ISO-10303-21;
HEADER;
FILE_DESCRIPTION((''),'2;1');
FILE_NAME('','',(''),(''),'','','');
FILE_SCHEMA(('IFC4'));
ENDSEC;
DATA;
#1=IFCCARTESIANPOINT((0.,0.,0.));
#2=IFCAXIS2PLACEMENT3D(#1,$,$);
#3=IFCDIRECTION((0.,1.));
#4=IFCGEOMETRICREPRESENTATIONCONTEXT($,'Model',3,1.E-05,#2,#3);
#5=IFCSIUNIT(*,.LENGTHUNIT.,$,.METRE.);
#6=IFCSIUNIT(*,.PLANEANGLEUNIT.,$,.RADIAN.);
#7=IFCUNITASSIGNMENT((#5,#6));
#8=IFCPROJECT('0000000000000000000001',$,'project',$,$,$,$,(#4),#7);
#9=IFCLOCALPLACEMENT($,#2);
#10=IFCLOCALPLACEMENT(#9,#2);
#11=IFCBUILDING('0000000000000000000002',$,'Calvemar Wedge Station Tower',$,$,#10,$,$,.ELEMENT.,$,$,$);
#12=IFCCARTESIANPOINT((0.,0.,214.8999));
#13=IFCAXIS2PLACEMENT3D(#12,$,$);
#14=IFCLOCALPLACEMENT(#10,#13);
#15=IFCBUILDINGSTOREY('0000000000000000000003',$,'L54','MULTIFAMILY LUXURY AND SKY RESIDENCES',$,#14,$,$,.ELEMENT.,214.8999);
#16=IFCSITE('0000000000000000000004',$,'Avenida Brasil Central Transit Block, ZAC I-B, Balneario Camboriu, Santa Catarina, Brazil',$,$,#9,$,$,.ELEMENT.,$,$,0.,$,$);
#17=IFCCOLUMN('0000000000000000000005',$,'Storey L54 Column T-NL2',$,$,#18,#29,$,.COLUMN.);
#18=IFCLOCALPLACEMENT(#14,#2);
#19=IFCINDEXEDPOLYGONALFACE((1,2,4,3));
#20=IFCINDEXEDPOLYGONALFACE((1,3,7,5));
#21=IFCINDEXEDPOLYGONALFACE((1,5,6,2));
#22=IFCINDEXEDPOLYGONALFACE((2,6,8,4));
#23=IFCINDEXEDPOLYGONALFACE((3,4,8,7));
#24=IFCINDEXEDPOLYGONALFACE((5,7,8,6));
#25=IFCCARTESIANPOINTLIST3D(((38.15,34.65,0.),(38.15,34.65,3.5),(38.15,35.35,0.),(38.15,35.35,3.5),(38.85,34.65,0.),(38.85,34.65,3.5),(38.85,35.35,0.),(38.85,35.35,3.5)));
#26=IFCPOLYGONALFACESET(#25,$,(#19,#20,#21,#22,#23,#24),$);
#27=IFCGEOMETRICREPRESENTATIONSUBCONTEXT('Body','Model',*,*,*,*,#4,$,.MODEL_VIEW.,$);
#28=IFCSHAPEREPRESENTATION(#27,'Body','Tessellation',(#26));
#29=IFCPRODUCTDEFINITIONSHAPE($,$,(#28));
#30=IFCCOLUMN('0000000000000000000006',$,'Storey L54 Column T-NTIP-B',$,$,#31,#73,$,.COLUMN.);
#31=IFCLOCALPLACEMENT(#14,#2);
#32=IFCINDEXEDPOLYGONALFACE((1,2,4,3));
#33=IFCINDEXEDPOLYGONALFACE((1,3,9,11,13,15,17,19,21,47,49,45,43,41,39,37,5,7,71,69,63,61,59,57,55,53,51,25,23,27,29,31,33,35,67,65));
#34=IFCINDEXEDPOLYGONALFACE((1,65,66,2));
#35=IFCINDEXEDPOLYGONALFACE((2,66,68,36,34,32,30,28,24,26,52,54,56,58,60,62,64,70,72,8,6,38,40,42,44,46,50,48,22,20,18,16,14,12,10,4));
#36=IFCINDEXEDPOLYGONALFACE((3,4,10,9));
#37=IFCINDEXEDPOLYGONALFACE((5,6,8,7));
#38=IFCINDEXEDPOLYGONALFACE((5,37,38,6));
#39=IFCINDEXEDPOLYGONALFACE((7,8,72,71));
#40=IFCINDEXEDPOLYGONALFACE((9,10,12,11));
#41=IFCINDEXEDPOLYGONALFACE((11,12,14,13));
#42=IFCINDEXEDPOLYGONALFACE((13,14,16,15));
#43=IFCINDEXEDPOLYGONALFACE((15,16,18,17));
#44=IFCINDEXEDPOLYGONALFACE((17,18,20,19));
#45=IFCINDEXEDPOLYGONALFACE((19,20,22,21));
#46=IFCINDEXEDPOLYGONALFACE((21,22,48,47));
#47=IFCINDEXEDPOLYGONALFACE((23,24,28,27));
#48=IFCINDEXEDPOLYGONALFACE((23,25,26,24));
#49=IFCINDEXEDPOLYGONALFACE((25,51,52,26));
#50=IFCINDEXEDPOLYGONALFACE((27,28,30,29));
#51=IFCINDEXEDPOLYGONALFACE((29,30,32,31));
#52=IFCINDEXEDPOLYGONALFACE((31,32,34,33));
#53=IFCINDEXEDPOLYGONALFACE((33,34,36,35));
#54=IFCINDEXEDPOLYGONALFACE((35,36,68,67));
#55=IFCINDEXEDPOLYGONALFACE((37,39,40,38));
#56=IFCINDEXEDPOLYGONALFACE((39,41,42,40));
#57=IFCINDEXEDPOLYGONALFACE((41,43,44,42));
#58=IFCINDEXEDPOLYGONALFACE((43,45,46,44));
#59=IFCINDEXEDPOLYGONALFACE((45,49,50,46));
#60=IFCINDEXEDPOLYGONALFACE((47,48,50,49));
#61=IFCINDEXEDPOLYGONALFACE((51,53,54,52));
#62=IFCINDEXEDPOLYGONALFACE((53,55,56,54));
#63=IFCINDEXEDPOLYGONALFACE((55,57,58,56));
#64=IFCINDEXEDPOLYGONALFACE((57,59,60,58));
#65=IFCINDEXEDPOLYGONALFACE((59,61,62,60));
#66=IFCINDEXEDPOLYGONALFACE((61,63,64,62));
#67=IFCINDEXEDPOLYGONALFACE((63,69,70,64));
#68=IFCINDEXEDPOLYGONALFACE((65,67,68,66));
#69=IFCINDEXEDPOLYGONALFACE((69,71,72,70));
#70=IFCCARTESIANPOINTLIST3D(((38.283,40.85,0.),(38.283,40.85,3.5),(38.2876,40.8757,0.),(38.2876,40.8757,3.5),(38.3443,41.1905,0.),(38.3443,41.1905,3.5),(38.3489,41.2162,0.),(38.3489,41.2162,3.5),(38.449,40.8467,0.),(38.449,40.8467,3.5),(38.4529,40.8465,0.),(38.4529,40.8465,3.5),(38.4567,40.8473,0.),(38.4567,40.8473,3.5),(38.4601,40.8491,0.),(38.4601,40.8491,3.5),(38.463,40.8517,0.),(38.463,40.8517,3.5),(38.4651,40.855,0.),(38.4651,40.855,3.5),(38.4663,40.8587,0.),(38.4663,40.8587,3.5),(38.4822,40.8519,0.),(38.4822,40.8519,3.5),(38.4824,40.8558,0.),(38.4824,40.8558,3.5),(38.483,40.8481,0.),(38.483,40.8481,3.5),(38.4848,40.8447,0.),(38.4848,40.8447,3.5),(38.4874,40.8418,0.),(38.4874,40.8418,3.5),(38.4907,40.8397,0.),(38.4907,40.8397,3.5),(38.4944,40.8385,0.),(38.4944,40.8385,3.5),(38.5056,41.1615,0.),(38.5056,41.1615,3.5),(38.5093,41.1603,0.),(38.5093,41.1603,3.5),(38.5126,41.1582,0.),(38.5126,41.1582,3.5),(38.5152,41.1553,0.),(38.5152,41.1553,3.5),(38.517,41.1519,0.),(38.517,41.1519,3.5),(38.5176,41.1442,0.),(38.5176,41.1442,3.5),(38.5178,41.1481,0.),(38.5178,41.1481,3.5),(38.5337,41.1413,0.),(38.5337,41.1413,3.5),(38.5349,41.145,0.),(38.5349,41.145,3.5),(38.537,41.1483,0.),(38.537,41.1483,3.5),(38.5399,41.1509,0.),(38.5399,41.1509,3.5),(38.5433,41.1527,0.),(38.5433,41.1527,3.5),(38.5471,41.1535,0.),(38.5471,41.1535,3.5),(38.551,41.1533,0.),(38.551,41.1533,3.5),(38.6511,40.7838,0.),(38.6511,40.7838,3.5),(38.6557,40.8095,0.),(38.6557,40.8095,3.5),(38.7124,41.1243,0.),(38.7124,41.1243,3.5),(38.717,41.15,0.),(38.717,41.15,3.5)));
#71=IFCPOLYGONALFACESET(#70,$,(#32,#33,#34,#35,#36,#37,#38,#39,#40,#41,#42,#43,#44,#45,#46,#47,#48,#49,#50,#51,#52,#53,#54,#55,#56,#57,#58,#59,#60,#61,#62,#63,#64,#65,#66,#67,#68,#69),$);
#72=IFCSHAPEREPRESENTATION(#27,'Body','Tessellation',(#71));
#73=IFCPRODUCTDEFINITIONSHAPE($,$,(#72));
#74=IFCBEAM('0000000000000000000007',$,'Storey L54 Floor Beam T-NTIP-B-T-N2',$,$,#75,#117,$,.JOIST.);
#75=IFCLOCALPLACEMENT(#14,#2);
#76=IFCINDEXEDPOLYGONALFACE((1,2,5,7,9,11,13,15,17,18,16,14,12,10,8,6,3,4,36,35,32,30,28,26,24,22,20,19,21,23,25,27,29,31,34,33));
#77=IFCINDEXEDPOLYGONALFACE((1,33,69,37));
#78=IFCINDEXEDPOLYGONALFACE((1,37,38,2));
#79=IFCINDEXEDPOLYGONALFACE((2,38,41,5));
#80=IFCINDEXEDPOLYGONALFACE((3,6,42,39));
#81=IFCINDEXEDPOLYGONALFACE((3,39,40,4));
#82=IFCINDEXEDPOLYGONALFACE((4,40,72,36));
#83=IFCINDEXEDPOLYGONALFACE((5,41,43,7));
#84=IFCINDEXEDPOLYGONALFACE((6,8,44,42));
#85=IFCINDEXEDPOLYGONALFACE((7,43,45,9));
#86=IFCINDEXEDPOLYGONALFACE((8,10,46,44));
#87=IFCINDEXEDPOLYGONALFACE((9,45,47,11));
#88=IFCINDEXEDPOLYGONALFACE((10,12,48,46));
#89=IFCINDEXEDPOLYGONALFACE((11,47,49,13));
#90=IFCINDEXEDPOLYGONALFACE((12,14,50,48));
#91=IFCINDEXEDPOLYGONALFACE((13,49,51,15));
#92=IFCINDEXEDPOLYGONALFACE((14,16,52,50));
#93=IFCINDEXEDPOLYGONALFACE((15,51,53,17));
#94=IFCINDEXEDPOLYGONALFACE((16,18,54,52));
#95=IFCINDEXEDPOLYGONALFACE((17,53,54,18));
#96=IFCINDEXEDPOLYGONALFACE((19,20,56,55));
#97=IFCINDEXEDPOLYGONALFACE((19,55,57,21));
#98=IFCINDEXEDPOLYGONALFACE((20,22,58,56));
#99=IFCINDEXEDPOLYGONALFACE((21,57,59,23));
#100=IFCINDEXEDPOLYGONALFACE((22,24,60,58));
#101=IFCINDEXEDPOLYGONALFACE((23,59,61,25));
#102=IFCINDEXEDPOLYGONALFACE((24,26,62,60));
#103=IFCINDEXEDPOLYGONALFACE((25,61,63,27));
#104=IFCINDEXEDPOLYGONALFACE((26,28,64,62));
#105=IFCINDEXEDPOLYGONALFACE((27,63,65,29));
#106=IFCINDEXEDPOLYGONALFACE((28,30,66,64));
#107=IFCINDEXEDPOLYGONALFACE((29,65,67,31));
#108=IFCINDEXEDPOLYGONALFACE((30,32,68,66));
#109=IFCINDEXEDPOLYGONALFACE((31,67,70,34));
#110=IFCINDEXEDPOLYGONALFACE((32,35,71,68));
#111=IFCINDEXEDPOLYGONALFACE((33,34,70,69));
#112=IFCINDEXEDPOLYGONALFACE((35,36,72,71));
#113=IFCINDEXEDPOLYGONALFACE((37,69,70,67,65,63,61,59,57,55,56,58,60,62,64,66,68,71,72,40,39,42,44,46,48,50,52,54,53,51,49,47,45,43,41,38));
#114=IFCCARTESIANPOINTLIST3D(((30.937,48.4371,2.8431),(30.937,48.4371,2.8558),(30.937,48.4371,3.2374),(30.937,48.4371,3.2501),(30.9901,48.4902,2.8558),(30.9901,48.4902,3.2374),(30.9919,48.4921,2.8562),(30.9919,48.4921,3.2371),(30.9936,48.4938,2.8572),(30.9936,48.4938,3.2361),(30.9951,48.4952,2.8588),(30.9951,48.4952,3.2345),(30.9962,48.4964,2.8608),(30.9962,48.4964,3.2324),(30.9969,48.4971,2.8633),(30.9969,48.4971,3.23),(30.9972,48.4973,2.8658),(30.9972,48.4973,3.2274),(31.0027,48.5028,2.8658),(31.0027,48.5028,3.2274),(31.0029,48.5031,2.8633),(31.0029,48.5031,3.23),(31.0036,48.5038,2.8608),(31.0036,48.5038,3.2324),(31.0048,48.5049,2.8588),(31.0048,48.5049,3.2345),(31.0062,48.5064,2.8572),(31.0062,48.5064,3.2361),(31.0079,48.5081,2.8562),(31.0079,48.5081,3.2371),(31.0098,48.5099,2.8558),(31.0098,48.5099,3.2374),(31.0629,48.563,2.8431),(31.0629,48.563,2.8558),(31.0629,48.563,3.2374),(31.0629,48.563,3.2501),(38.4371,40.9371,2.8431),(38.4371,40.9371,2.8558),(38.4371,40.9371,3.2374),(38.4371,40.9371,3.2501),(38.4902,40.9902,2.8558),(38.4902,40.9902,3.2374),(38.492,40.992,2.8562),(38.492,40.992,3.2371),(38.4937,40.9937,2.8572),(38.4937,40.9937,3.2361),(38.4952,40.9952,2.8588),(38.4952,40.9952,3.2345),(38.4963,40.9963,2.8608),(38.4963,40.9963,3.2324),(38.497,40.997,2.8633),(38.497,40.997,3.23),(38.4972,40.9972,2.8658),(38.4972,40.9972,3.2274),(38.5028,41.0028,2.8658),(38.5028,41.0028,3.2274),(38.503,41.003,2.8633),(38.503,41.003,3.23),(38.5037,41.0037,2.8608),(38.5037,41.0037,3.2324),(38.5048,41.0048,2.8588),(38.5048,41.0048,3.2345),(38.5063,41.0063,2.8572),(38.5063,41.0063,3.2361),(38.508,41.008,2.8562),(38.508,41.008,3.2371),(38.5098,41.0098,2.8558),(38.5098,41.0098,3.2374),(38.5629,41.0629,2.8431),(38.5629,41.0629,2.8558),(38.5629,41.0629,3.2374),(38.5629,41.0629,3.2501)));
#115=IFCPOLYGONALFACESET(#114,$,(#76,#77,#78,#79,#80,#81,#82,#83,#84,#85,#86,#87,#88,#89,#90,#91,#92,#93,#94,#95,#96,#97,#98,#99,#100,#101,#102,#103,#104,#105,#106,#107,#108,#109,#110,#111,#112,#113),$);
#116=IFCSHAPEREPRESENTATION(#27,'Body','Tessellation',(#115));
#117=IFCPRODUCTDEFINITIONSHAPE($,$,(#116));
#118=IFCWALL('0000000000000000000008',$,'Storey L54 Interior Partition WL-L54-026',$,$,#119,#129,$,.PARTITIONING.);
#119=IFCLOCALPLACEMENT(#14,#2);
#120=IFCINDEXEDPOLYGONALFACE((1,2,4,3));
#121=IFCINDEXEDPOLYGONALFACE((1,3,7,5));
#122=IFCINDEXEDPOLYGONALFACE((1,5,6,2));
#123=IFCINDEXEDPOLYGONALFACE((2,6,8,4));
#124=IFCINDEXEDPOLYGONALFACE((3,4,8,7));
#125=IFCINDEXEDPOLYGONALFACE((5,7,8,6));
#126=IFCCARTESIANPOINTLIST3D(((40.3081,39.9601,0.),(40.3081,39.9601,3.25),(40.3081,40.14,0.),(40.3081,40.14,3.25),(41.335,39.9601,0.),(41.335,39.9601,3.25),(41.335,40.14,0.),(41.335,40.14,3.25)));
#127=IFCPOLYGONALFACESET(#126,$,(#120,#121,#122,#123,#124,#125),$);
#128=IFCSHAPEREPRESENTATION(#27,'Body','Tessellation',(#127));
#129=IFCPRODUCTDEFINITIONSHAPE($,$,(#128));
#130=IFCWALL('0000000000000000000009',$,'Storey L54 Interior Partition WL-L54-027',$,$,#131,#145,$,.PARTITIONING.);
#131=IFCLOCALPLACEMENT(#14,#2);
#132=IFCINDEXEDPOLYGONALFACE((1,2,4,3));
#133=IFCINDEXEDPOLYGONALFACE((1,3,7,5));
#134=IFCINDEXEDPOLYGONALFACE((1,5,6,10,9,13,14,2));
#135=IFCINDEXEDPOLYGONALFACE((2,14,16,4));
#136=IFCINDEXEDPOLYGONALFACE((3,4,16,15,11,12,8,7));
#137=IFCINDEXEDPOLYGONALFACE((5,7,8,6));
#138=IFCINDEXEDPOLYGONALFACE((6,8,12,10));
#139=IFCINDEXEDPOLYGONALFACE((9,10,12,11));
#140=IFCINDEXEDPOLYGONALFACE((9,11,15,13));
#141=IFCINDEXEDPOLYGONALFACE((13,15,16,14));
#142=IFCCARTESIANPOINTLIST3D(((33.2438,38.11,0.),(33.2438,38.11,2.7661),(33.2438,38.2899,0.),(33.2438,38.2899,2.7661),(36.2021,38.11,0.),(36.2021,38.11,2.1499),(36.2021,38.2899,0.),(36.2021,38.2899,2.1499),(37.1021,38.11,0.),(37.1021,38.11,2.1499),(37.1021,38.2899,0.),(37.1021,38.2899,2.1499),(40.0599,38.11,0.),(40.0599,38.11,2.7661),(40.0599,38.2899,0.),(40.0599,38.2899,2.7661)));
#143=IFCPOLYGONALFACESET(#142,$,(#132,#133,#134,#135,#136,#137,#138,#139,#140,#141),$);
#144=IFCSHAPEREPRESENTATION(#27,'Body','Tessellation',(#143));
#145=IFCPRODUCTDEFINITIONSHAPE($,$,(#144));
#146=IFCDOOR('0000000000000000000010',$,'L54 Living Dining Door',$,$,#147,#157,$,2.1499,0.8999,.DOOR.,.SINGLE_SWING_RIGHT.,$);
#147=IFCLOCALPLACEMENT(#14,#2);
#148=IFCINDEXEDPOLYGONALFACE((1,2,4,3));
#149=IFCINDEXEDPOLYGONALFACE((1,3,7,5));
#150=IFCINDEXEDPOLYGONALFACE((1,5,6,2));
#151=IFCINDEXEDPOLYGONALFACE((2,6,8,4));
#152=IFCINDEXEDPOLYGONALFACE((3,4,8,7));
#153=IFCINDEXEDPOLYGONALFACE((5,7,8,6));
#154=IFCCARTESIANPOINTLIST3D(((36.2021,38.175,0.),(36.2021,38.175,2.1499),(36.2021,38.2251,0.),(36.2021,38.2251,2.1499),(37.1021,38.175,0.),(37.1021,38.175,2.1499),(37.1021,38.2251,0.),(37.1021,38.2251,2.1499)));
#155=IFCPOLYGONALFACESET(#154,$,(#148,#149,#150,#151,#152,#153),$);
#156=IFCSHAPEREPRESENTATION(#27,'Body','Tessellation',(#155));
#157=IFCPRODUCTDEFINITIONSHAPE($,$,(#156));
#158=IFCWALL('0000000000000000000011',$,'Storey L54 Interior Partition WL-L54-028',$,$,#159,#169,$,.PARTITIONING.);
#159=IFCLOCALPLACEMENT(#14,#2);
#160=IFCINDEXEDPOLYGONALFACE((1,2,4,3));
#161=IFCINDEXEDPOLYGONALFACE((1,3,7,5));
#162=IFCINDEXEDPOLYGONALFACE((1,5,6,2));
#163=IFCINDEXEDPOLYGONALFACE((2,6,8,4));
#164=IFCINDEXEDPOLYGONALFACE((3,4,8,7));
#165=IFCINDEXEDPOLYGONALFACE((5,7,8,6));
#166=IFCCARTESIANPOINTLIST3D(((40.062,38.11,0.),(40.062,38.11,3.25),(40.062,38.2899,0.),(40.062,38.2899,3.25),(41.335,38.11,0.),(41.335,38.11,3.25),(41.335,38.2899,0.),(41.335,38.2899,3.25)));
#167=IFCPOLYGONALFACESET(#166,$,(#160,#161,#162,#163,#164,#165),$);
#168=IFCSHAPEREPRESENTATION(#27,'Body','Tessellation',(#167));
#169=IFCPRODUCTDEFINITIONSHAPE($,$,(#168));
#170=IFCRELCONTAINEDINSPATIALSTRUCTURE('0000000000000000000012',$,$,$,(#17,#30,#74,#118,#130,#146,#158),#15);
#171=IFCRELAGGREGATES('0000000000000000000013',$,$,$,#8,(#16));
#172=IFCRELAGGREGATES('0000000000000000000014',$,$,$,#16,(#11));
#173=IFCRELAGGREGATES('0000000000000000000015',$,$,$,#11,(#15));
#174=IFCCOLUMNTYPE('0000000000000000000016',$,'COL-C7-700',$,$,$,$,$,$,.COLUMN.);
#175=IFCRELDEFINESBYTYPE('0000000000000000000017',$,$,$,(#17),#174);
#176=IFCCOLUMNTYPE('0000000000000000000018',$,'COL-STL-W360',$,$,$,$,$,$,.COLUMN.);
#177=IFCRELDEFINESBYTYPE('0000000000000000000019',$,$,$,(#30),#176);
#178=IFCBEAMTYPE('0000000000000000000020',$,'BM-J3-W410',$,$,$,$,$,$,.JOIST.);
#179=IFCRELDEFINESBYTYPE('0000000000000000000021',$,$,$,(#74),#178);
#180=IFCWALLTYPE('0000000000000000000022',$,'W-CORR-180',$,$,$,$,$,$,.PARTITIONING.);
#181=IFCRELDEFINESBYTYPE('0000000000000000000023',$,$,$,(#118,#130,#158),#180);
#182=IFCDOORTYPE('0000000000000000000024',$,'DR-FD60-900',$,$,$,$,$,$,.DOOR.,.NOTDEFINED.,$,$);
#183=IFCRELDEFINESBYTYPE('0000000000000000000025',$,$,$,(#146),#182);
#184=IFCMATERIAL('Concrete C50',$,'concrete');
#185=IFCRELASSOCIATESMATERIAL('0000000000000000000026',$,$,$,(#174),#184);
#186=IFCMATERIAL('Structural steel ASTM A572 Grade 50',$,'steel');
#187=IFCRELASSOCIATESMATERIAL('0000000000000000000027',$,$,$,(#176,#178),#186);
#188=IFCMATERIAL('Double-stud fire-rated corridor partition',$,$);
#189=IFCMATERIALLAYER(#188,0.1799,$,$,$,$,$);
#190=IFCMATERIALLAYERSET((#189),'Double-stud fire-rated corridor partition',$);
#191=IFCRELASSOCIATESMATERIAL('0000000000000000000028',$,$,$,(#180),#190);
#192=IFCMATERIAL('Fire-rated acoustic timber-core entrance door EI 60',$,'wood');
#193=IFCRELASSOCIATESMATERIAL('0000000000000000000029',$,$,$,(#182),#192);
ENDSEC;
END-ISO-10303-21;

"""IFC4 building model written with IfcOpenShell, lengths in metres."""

from ifc_helpers import new_model, si_unit, direction, frame, frame_2d, origin, origin_2d, place, context, subcontext, project, spatial, rectangle, i_section, extrude, source, transform, mapped, material, layer, layer_set, material_profile, profile_set, type_object, element, fill, save


model = new_model("IFC4")

# Units and contexts
model_context = context("Model", 3, precision=1e-05, world=origin(), true_north=direction((0.0, 1.0)))
body_context = subcontext(model_context, "Body", "Model", "MODEL_VIEW")
ifc_project = project(units=[si_unit("LENGTHUNIT", "METRE"), si_unit("PLANEANGLEUNIT", "RADIAN")], contexts=[model_context])

# Site, building, storey
site_placement = place(None, origin())
site = spatial("IfcSite", under=ifc_project, at=site_placement, Name="Avenida Brasil Central Transit Block, ZAC I-B, Balneario Camboriu, Santa Catarina, Brazil", CompositionType="ELEMENT", RefElevation=0.0)
building_placement = place(site_placement, origin())
building = spatial("IfcBuilding", under=site, at=building_placement, Name="Calvemar Wedge Station Tower", CompositionType="ELEMENT")
storey_placement = place(building_placement, frame((0.0, 0.0, 214.8999)))
storey = spatial("IfcBuildingStorey", under=building, at=storey_placement, Name="L54", Description="MULTIFAMILY LUXURY AND SKY RESIDENCES", CompositionType="ELEMENT", Elevation=214.8999)

# Columns
ifc_material_1 = material(Name="Concrete C50", Category="concrete")
ifc_material_profile_1 = material_profile(ifc_material_1, rectangle(XDim=0.7, YDim=0.7, at=origin_2d()), Name="RC700x700")
ifc_profile_set_1 = profile_set([ifc_material_profile_1], Name="Concrete C50")
column_type_1 = type_object("IfcColumnType", Name="COL-C7-700", PredefinedType="COLUMN", material=ifc_profile_set_1)
shared_shape_1 = source(origin(), body_context, "Body", "SweptSolid", [
    extrude(rectangle(XDim=0.7, YDim=0.7, at=origin_2d()), origin(), (0.0, 0.0, 1.0), 3.5),
])
column_1_placement = place(storey_placement, frame((38.5, 35.0, 0.0), z_axis=(0.0, 0.0, 1.0), x_axis=(1.0, 0.0, 0.0)))
element("IfcColumn", 1, at=column_1_placement, inside=storey, type_object=column_type_1, Name="Storey L54 Column T-NL2", PredefinedType="COLUMN", context=body_context, shape_type="MappedRepresentation", body=[
    mapped(shared_shape_1, transform((0.0, 0.0, 0.0), scale=1.0)),
])
ifc_material_2 = material(Name="Structural steel ASTM A572 Grade 50", Category="steel")
ifc_material_profile_2 = material_profile(ifc_material_2, i_section(OverallWidth=0.374, OverallDepth=0.3721, WebThickness=0.0164, FlangeThickness=0.0261, FilletRadius=0.0149, at=origin_2d()), Name="W360x196")
ifc_profile_set_2 = profile_set([ifc_material_profile_2], Name="Structural steel ASTM A572 Grade 50")
column_type_2 = type_object("IfcColumnType", Name="COL-STL-W360", PredefinedType="COLUMN", material=ifc_profile_set_2)
shared_shape_2 = source(origin(), body_context, "Body", "SweptSolid", [
    extrude(i_section(OverallWidth=0.374, OverallDepth=0.3721, WebThickness=0.0164, FlangeThickness=0.0261, FilletRadius=0.0149, at=origin_2d()), origin(), (0.0, 0.0, 1.0), 3.5),
])
column_2_placement = place(storey_placement, frame((38.5, 41.0, 0.0), z_axis=(0.0, 0.0, 1.0), x_axis=(0.984196, -0.177085, 0.0)))
element("IfcColumn", 2, at=column_2_placement, inside=storey, type_object=column_type_2, Name="Storey L54 Column T-NTIP-B", PredefinedType="COLUMN", context=body_context, shape_type="MappedRepresentation", body=[
    mapped(shared_shape_2, transform((0.0, 0.0, 0.0), scale=1.0)),
])

# Beam
ifc_material_profile_3 = material_profile(ifc_material_2, i_section(OverallWidth=0.178, OverallDepth=0.407, WebThickness=0.0078, FlangeThickness=0.0127, FilletRadius=0.01, at=origin_2d()), Name="W410x60")
ifc_profile_set_3 = profile_set([ifc_material_profile_3], Name="Structural steel ASTM A572 Grade 50")
beam_type = type_object("IfcBeamType", Name="BM-J3-W410", PredefinedType="JOIST", material=ifc_profile_set_3)
shared_shape_3 = source(origin(), body_context, "Body", "SweptSolid", [
    extrude(i_section(OverallWidth=0.178, OverallDepth=0.407, WebThickness=0.0078, FlangeThickness=0.0127, FilletRadius=0.01, at=origin_2d()), origin(), (0.0, 0.0, 1.0), 10.6067),
])
beam_placement = place(storey_placement, frame((38.5, 41.0, 3.0466), z_axis=(-0.707107, 0.707107, 0.0), x_axis=(-0.707107, -0.707107, 0.0)))
element("IfcBeam", 3, at=beam_placement, inside=storey, type_object=beam_type, Name="Storey L54 Floor Beam T-NTIP-B-T-N2", PredefinedType="JOIST", context=body_context, shape_type="MappedRepresentation", body=[
    mapped(shared_shape_3, transform((0.0, 0.0, 0.0), scale=1.0)),
])

# Wall
ifc_material_3 = material(Name="Double-stud fire-rated corridor partition")
ifc_layer_1 = layer(ifc_material_3, 0.1799)
ifc_layer_set_1 = layer_set([ifc_layer_1], Name="Double-stud fire-rated corridor partition")
wall_type_1 = type_object("IfcWallType", Name="W-CORR-180", PredefinedType="PARTITIONING", material=ifc_layer_set_1)
wall_1_placement = place(storey_placement, frame((40.3081, 40.05, 0.0), z_axis=(0.0, 0.0, 1.0), x_axis=(1.0, 0.0, 0.0)))
element("IfcWall", 4, at=wall_1_placement, inside=storey, type_object=wall_type_1, Name="Storey L54 Interior Partition WL-L54-026", PredefinedType="PARTITIONING", context=body_context, shape_type="SweptSolid", body=[
    extrude(rectangle(XDim=1.0269, YDim=0.1799, at=frame_2d((0.5134, 0.0))), origin(), (0.0, 0.0, 1.0), 3.25),
])

# Wall, opening, door
wall_2_placement = place(storey_placement, frame((40.0601, 38.2, 0.0), z_axis=(0.0, 0.0, 1.0), x_axis=(-1.0, 0.0, 0.0)))
wall_2 = element("IfcWall", 5, at=wall_2_placement, inside=storey, type_object=wall_type_1, Name="Storey L54 Interior Partition WL-L54-027", PredefinedType="PARTITIONING", context=body_context, shape_type="SweptSolid", body=[
    extrude(rectangle(XDim=6.8162, YDim=0.1799, at=frame_2d((3.4082, 0.0))), origin(), (0.0, 0.0, 1.0), 2.7661),
])
shared_shape_4 = source(origin(), body_context, "Body", "SweptSolid", [
    extrude(rectangle(XDim=0.8999, YDim=2.1499, at=frame_2d((0.45, 1.075))), frame((0.0, 0.1001, 0.0), z_axis=(0.0, -1.0, 0.0), x_axis=(1.0, 0.0, 0.0)), (0.0, 0.0, 1.0), 0.2),
])
opening_1_placement = place(wall_2_placement, frame((2.958, 0.0, 0.0)))
opening_1 = element("IfcOpeningElement", 6, at=opening_1_placement, cuts=wall_2, PredefinedType="OPENING", context=body_context, shape_type="MappedRepresentation", body=[
    mapped(shared_shape_4, transform((0.0, 0.0, 0.0), scale=1.0)),
])
ifc_material_4 = material(Name="Fire-rated acoustic timber-core entrance door EI 60", Category="wood")
door_type_1 = type_object("IfcDoorType", Name="DR-FD60-900", OperationType="NOTDEFINED", PredefinedType="DOOR", material=ifc_material_4)
shared_shape_5 = source(origin(), body_context, "Body", "SweptSolid", [
    extrude(rectangle(XDim=0.8999, YDim=2.1499, at=frame_2d((0.45, 1.075))), frame((0.0, 0.0249, 0.0), z_axis=(0.0, -1.0, 0.0), x_axis=(1.0, 0.0, 0.0)), (0.0, 0.0, 1.0), 0.05),
])
door_1_placement = place(opening_1_placement, origin())
door_1 = element("IfcDoor", 7, at=door_1_placement, inside=storey, type_object=door_type_1, Name="L54 Living Dining Door", OperationType="SINGLE_SWING_RIGHT", OverallHeight=2.1499, OverallWidth=0.8999, PredefinedType="DOOR", context=body_context, shape_type="MappedRepresentation", body=[
    mapped(shared_shape_5, transform((0.0, 0.0, 0.0), scale=1.0)),
])
fill(opening_1, door_1)

# Wall
wall_3_placement = place(storey_placement, frame((41.335, 38.2, 0.0), z_axis=(0.0, 0.0, 1.0), x_axis=(-1.0, 0.0, 0.0)))
element("IfcWall", 8, at=wall_3_placement, inside=storey, type_object=wall_type_1, Name="Storey L54 Interior Partition WL-L54-028", PredefinedType="PARTITIONING", context=body_context, shape_type="SweptSolid", body=[
    extrude(rectangle(XDim=1.2729, YDim=0.1799, at=frame_2d((0.6365, 0.0))), origin(), (0.0, 0.0, 1.0), 3.25),
])

save(model, "model.ifc")
